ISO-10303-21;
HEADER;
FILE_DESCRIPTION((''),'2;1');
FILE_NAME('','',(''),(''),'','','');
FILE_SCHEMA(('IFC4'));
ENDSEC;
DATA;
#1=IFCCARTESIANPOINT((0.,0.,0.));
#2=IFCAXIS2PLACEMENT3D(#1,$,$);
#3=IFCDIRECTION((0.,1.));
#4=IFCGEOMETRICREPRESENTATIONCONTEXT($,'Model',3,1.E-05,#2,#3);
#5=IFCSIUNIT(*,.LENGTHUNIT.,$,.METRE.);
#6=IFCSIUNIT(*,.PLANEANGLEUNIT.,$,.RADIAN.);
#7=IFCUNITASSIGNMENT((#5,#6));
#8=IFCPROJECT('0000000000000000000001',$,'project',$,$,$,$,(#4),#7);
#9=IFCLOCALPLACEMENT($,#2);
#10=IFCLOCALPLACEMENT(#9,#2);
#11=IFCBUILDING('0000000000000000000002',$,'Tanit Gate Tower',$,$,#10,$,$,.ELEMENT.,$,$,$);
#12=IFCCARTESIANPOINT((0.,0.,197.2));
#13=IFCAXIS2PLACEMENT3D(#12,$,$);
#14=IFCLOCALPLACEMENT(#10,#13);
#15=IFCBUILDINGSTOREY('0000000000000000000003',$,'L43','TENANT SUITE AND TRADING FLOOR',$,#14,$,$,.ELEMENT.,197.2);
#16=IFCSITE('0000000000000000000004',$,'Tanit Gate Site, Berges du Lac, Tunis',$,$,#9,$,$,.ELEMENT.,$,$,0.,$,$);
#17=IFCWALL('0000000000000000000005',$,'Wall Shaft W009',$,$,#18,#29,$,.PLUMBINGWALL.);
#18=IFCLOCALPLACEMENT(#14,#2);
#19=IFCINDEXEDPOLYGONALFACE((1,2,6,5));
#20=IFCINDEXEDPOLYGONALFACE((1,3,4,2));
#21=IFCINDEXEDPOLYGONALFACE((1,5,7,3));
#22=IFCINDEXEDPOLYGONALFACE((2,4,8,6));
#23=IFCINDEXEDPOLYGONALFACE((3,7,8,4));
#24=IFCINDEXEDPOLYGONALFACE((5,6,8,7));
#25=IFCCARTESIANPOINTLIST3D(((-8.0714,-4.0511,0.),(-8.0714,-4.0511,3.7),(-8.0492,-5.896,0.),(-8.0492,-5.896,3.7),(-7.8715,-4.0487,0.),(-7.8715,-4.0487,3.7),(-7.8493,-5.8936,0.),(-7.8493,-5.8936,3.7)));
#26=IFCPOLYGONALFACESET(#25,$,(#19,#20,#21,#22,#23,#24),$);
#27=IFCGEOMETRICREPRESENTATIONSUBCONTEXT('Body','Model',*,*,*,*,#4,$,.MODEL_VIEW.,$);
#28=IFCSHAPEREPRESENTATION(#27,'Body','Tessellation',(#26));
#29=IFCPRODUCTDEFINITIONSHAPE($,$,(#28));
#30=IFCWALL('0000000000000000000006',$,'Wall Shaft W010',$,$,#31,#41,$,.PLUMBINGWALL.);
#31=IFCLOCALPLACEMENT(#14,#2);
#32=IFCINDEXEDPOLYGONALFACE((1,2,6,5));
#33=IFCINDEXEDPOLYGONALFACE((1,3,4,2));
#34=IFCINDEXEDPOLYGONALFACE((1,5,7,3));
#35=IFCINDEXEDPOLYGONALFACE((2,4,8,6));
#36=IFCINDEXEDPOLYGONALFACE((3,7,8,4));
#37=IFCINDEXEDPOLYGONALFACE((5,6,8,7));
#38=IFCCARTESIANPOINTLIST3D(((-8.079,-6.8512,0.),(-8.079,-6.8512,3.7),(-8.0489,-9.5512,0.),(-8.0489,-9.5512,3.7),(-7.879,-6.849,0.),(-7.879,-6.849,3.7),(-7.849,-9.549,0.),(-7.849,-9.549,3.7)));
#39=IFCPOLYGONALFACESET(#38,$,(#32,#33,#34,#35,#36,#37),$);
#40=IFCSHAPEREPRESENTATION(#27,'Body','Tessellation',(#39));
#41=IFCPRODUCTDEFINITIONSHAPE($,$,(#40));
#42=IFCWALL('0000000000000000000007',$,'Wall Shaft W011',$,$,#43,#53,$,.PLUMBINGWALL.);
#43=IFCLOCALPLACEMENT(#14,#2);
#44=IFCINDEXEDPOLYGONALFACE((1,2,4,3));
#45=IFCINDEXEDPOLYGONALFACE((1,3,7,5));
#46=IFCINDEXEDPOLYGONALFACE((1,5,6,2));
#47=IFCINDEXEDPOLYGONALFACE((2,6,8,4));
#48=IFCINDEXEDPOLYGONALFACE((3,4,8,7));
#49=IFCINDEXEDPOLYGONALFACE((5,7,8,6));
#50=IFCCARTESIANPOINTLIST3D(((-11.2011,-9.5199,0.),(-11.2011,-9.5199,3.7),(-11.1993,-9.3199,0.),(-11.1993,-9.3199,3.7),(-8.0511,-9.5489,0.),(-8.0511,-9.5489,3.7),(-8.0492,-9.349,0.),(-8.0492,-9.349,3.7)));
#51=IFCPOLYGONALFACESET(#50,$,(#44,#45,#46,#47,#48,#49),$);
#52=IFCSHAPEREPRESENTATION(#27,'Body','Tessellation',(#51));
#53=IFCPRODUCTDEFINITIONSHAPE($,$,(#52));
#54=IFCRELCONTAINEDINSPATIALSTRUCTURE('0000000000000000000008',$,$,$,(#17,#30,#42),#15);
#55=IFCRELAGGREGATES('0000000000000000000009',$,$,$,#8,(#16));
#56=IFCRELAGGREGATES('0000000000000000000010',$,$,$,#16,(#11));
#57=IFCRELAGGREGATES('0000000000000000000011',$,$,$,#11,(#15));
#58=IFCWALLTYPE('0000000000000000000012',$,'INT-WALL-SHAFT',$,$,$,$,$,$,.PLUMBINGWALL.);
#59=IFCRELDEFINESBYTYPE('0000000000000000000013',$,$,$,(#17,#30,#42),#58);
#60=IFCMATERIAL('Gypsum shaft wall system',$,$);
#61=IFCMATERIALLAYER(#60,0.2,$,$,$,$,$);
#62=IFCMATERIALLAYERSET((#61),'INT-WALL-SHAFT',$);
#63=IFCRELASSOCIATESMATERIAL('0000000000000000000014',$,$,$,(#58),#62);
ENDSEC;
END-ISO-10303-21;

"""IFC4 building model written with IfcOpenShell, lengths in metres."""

from ifc_helpers import new_model, si_unit, direction, frame, frame_2d, origin, place, context, subcontext, project, spatial, rectangle, extrude, material, layer, layer_set, type_object, element, save


model = new_model("IFC4")

# Units and contexts
model_context = context("Model", 3, precision=1e-05, world=origin(), true_north=direction((0.0, 1.0)))
body_context = subcontext(model_context, "Body", "Model", "MODEL_VIEW")
ifc_project = project(units=[si_unit("LENGTHUNIT", "METRE"), si_unit("PLANEANGLEUNIT", "RADIAN")], contexts=[model_context])

# Site, building, storey
site_placement = place(None, origin())
site = spatial("IfcSite", under=ifc_project, at=site_placement, Name="Tanit Gate Site, Berges du Lac, Tunis", CompositionType="ELEMENT", RefElevation=0.0)
building_placement = place(site_placement, origin())
building = spatial("IfcBuilding", under=site, at=building_placement, Name="Tanit Gate Tower", CompositionType="ELEMENT")
storey_placement = place(building_placement, frame((0.0, 0.0, 197.2)))
storey = spatial("IfcBuildingStorey", under=building, at=storey_placement, Name="L43", Description="TENANT SUITE AND TRADING FLOOR", CompositionType="ELEMENT", Elevation=197.2)

# Walls
ifc_material_1 = material(Name="Gypsum shaft wall system")
ifc_layer_1 = layer(ifc_material_1, 0.2)
ifc_layer_set_1 = layer_set([ifc_layer_1], Name="INT-WALL-SHAFT")
wall_type_1 = type_object("IfcWallType", Name="INT-WALL-SHAFT", PredefinedType="PLUMBINGWALL", material=ifc_layer_set_1)
wall_1_placement = place(storey_placement, frame((-7.9714, -4.05, 0.0), z_axis=(0.0, 0.0, 1.0), x_axis=(0.012043, -0.999927, 0.0)))
element("IfcWall", 1, at=wall_1_placement, inside=storey, type_object=wall_type_1, Name="Wall Shaft W009", PredefinedType="PLUMBINGWALL", context=body_context, shape_type="SweptSolid", body=[
    extrude(rectangle(XDim=1.845, YDim=0.2, at=frame_2d((0.9224, 0.0))), origin(), (0.0, 0.0, 1.0), 3.7),
])
wall_2_placement = place(storey_placement, frame((-7.979, -6.8501, 0.0), z_axis=(0.0, 0.0, 1.0), x_axis=(0.011121, -0.999938, 0.0)))
element("IfcWall", 2, at=wall_2_placement, inside=storey, type_object=wall_type_1, Name="Wall Shaft W010", PredefinedType="PLUMBINGWALL", context=body_context, shape_type="SweptSolid", body=[
    extrude(rectangle(XDim=2.7002, YDim=0.2, at=frame_2d((1.3501, 0.0))), origin(), (0.0, 0.0, 1.0), 3.7),
])
wall_3_placement = place(storey_placement, frame((-8.05, -9.449, 0.0), z_axis=(0.0, 0.0, 1.0), x_axis=(-0.999957, 0.009223, 0.0)))
element("IfcWall", 3, at=wall_3_placement, inside=storey, type_object=wall_type_1, Name="Wall Shaft W011", PredefinedType="PLUMBINGWALL", context=body_context, shape_type="SweptSolid", body=[
    extrude(rectangle(XDim=3.1501, YDim=0.2, at=frame_2d((1.5752, 0.0))), origin(), (0.0, 0.0, 1.0), 3.7),
])

save(model, "model.ifc")
